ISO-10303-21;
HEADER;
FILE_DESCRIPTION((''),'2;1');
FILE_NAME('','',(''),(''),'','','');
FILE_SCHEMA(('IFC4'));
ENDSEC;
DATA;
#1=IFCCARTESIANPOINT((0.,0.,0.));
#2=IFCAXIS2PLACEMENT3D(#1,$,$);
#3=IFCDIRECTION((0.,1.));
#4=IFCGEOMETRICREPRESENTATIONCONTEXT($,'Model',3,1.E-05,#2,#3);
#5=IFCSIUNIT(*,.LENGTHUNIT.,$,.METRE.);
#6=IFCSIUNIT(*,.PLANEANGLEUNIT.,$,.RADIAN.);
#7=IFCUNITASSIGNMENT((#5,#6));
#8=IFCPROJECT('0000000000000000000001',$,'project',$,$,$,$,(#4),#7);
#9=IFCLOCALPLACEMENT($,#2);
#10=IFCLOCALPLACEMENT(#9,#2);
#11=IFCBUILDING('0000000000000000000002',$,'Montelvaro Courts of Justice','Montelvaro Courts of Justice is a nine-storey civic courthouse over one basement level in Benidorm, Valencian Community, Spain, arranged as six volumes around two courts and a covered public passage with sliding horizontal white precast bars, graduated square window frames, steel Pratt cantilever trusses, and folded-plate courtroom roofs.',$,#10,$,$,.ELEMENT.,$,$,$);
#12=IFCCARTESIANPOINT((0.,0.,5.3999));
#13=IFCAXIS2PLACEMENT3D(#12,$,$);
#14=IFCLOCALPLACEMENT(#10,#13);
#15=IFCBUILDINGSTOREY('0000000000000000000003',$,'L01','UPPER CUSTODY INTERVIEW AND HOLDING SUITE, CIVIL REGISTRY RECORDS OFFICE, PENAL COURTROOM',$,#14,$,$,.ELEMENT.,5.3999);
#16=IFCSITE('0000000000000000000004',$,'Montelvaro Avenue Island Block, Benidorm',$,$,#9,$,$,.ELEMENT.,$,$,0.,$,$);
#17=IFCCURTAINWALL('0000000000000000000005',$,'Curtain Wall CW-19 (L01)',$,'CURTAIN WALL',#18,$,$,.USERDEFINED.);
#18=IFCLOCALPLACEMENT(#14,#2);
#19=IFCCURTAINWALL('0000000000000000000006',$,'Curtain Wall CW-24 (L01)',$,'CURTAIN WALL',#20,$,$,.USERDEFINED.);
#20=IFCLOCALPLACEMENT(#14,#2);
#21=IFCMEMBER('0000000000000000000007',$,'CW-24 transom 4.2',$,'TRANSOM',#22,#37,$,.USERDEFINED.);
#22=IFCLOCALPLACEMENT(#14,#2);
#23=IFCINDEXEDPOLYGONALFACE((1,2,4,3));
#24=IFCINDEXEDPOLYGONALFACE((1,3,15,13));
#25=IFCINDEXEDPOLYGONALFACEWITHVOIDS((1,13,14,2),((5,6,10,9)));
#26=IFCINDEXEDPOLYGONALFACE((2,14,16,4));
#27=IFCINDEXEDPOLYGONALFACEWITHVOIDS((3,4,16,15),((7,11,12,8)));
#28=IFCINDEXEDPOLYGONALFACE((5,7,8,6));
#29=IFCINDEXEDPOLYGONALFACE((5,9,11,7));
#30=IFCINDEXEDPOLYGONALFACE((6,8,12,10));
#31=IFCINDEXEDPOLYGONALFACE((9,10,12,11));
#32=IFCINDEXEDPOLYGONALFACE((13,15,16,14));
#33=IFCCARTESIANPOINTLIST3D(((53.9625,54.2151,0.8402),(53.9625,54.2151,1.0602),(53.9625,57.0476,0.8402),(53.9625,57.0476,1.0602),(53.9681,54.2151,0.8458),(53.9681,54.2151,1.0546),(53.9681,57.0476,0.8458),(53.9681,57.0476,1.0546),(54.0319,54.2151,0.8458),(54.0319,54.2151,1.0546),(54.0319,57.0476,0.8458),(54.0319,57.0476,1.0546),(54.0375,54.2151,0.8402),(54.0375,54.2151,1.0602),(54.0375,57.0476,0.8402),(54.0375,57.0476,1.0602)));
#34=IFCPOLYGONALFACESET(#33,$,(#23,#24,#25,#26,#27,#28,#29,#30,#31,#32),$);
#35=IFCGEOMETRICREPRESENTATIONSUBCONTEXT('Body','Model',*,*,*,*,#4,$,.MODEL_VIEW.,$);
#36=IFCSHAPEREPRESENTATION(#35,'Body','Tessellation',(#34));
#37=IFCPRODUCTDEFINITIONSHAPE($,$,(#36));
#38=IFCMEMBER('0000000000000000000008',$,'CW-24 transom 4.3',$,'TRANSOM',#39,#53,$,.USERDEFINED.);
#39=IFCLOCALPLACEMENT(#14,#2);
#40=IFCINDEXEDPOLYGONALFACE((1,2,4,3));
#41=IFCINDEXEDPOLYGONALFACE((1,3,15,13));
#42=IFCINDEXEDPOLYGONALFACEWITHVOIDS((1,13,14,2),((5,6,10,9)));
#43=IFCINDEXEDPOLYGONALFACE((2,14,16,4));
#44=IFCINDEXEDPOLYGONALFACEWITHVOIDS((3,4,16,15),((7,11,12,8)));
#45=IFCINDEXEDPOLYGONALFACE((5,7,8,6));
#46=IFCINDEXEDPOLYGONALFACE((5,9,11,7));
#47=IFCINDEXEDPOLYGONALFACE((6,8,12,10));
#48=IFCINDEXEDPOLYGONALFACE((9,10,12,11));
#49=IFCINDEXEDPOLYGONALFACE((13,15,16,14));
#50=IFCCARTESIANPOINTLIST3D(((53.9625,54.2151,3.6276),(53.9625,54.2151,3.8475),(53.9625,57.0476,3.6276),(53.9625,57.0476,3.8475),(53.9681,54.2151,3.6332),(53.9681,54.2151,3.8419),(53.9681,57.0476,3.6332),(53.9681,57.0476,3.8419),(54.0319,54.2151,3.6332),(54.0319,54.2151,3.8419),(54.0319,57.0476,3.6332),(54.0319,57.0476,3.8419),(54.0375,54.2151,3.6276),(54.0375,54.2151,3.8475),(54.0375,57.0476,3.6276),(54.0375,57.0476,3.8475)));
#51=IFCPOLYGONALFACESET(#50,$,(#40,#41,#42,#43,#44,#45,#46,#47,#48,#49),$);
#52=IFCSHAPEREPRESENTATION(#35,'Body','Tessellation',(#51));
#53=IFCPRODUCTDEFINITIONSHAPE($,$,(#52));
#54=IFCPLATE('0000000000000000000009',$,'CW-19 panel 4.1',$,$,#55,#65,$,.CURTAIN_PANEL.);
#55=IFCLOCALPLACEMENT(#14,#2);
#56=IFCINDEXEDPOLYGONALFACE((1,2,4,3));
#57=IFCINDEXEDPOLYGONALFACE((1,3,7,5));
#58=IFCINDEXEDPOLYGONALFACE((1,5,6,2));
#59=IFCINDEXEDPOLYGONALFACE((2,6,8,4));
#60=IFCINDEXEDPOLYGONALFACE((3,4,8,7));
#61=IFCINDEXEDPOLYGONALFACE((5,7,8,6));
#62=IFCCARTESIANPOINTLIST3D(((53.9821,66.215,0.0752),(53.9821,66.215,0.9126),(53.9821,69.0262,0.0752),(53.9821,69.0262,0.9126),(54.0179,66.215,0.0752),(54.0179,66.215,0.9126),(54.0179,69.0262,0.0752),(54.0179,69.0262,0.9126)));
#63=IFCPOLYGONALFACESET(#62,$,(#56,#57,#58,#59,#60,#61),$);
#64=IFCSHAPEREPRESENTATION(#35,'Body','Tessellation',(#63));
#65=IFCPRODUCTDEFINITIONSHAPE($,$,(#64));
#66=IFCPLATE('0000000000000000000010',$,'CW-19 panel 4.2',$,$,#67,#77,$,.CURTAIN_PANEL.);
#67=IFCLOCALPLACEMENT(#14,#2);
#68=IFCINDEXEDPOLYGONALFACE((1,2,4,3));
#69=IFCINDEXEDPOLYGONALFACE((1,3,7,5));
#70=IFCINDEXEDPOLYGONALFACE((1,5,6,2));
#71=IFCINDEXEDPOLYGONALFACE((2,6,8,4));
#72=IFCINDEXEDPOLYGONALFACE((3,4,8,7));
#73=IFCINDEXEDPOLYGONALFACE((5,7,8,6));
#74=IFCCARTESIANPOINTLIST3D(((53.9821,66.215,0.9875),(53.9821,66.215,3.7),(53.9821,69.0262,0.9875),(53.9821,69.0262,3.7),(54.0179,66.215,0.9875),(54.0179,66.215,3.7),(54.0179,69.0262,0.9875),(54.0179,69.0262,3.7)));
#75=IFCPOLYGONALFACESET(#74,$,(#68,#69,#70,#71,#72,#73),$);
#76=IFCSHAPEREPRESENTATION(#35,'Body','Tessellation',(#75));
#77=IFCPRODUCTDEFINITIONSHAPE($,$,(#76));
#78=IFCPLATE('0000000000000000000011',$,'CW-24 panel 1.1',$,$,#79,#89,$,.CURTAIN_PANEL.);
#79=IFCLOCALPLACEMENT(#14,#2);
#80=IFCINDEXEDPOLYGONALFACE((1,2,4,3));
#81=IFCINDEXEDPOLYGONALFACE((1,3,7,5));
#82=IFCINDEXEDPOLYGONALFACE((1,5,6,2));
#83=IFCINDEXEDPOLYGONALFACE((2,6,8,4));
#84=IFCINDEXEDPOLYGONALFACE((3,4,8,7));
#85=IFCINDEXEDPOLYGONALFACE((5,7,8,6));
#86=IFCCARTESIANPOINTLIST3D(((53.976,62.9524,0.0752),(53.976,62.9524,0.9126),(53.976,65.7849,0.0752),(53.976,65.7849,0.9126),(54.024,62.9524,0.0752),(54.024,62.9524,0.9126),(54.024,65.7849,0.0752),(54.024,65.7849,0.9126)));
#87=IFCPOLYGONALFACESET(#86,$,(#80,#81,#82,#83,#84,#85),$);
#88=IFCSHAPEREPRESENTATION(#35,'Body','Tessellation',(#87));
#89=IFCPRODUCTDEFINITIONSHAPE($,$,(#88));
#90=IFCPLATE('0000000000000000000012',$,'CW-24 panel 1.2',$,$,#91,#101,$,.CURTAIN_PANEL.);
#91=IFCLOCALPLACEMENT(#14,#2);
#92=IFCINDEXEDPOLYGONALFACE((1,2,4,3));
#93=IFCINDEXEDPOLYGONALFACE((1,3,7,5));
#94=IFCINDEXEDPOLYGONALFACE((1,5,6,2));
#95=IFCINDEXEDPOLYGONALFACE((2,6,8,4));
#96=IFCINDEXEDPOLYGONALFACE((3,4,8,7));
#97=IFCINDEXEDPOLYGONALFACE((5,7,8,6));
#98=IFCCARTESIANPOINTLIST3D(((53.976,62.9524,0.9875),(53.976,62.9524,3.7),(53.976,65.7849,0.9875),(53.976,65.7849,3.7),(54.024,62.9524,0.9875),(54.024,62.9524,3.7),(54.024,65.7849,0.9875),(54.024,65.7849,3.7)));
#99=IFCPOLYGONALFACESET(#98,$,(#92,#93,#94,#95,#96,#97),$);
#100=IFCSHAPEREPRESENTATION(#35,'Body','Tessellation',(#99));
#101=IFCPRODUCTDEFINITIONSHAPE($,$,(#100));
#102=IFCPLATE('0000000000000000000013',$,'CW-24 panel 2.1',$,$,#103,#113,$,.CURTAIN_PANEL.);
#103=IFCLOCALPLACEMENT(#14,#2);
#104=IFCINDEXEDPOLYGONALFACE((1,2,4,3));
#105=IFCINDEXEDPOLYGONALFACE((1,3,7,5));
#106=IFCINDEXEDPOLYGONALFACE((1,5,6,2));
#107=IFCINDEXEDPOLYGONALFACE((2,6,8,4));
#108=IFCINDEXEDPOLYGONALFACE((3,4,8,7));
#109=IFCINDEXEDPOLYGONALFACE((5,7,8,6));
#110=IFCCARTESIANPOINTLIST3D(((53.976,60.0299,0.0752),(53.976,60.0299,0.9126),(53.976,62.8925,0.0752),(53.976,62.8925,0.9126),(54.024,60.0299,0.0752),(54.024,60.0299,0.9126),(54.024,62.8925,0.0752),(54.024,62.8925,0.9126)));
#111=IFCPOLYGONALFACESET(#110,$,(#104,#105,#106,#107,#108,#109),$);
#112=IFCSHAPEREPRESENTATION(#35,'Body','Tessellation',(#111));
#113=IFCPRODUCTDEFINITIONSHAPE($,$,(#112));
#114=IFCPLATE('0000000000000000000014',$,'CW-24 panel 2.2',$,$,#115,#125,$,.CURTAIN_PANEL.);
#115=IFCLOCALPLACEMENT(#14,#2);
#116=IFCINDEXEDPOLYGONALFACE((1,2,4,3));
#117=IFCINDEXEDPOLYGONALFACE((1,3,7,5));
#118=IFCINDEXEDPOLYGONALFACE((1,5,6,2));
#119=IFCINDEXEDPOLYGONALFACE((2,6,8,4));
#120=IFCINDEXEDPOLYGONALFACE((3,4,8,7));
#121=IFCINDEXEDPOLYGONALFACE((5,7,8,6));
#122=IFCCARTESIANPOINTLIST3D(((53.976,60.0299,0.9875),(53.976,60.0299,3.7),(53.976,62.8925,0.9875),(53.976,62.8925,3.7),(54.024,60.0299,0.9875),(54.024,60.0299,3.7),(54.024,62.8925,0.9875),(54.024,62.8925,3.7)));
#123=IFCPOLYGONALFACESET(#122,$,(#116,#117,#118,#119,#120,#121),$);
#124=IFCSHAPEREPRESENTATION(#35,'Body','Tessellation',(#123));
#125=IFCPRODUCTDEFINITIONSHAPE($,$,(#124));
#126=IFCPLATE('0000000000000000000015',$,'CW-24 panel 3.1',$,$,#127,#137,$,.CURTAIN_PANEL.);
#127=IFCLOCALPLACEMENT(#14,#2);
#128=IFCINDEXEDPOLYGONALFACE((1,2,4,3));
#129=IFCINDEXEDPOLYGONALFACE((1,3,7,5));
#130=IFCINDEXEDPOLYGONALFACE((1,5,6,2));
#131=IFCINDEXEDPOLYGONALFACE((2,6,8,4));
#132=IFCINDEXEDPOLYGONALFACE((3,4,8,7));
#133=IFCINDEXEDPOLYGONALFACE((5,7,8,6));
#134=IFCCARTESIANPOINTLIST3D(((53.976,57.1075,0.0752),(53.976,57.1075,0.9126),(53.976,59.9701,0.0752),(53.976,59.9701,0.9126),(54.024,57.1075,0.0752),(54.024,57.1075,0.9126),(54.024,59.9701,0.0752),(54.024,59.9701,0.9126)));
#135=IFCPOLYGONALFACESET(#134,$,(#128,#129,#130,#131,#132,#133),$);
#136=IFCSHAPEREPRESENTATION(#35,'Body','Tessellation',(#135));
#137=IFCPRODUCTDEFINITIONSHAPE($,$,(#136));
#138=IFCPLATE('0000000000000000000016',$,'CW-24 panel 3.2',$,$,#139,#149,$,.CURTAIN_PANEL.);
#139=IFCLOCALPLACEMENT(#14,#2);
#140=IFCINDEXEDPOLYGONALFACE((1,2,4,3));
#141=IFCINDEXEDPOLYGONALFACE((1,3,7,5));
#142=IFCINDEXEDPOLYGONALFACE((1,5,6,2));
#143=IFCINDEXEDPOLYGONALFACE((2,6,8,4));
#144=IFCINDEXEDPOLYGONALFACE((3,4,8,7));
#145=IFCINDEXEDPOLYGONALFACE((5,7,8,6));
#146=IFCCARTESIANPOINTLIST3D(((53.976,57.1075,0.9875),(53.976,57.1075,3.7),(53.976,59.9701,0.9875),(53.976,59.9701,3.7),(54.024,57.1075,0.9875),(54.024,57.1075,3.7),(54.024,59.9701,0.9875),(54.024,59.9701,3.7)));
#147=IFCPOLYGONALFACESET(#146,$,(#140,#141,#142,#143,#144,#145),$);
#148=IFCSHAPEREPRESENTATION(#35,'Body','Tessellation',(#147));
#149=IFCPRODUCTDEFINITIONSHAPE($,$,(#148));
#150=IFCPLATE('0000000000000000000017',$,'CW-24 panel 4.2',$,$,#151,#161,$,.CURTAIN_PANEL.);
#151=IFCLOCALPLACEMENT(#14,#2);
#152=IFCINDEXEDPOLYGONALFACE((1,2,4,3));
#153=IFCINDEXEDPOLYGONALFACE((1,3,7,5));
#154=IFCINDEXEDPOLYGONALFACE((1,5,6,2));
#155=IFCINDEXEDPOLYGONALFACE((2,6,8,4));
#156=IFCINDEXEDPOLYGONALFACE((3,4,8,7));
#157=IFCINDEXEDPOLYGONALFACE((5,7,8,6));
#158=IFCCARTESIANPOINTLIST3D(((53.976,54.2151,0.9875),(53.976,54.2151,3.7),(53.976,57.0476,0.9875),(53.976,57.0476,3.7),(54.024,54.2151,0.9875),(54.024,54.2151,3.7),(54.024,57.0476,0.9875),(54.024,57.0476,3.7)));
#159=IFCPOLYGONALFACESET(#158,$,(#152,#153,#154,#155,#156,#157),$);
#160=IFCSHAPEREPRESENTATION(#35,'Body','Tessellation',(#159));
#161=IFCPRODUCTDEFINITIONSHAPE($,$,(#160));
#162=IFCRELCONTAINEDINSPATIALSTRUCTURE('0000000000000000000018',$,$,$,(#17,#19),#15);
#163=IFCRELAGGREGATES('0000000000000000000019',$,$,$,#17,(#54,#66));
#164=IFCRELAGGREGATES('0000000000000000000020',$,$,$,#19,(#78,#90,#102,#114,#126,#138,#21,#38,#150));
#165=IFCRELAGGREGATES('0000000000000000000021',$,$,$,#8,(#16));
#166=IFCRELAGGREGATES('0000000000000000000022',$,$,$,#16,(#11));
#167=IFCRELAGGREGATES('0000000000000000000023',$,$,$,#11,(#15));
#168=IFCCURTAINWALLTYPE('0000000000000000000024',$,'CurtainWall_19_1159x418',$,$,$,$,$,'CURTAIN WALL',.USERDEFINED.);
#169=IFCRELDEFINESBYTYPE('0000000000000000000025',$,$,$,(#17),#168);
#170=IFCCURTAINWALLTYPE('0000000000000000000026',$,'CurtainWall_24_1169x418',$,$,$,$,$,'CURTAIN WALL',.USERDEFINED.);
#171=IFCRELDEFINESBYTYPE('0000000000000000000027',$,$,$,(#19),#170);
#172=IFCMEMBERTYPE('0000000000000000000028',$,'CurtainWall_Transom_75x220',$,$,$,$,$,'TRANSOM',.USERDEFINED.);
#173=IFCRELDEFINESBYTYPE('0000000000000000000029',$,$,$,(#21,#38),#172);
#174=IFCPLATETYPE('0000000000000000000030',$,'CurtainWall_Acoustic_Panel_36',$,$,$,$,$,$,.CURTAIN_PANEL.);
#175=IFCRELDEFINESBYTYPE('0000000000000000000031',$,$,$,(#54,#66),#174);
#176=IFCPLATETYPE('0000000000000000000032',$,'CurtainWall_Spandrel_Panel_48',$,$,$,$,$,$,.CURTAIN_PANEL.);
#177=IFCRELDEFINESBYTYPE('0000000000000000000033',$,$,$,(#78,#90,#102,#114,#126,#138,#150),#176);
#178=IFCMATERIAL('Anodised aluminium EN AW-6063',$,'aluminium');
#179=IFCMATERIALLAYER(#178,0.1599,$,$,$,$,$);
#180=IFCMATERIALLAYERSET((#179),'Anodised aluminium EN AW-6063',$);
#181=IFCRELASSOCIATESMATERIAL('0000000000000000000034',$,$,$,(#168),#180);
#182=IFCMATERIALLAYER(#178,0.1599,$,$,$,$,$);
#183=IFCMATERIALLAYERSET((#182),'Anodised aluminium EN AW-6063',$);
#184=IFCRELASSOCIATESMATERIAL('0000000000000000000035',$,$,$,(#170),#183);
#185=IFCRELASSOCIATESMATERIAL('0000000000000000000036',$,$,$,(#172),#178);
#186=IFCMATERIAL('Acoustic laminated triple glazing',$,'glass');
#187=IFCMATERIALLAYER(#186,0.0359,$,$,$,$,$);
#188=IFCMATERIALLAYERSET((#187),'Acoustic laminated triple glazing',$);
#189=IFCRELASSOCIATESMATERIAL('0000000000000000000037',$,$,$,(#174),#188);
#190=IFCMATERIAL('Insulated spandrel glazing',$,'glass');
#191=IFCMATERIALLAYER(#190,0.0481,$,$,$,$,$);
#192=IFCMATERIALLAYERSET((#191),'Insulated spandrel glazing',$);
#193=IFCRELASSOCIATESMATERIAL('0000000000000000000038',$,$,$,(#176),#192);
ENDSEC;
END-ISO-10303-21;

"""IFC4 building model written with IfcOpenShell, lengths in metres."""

from ifc_helpers import new_model, si_unit, direction, frame, origin, origin_2d, place, context, subcontext, project, spatial, rectangle, hollow_rectangle, extrude, material, layer, layer_set, material_profile, profile_set, type_object, element, aggregate, save


model = new_model("IFC4")

# Units and contexts
model_context = context("Model", 3, precision=1e-05, world=origin(), true_north=direction((0.0, 1.0)))
body_context = subcontext(model_context, "Body", "Model", "MODEL_VIEW")
ifc_project = project(units=[si_unit("LENGTHUNIT", "METRE"), si_unit("PLANEANGLEUNIT", "RADIAN")], contexts=[model_context])

# Site, building, storey
site_placement = place(None, origin())
site = spatial("IfcSite", under=ifc_project, at=site_placement, Name="Montelvaro Avenue Island Block, Benidorm", CompositionType="ELEMENT", RefElevation=0.0)
building_placement = place(site_placement, origin())
building = spatial("IfcBuilding", under=site, at=building_placement, Name="Montelvaro Courts of Justice", Description="Montelvaro Courts of Justice is a nine-storey civic courthouse over one basement level in Benidorm, Valencian Community, Spain, arranged as six volumes around two courts and a covered public passage with sliding horizontal white precast bars, graduated square window frames, steel Pratt cantilever trusses, and folded-plate courtroom roofs.", CompositionType="ELEMENT")
storey_placement = place(building_placement, frame((0.0, 0.0, 5.3999)))
storey = spatial("IfcBuildingStorey", under=building, at=storey_placement, Name="L01", Description="UPPER CUSTODY INTERVIEW AND HOLDING SUITE, CIVIL REGISTRY RECORDS OFFICE, PENAL COURTROOM", CompositionType="ELEMENT", Elevation=5.3999)

# Curtain wall
ifc_material_1 = material(Name="Anodised aluminium EN AW-6063", Category="aluminium")
ifc_layer_1 = layer(ifc_material_1, 0.1599)
ifc_layer_set_1 = layer_set([ifc_layer_1], Name="Anodised aluminium EN AW-6063")
curtain_wall_type_1 = type_object("IfcCurtainWallType", Name="CurtainWall_19_1159x418", ElementType="CURTAIN WALL", PredefinedType="USERDEFINED", material=ifc_layer_set_1)
curtain_wall_1_placement = place(storey_placement, origin())
curtain_wall_1 = element("IfcCurtainWall", 1, at=curtain_wall_1_placement, inside=storey, type_object=curtain_wall_type_1, Name="Curtain Wall CW-19 (L01)", ObjectType="CURTAIN WALL", PredefinedType="USERDEFINED")

# Curtain wall
ifc_layer_2 = layer(ifc_material_1, 0.1599)
ifc_layer_set_2 = layer_set([ifc_layer_2], Name="Anodised aluminium EN AW-6063")
curtain_wall_type_2 = type_object("IfcCurtainWallType", Name="CurtainWall_24_1169x418", ElementType="CURTAIN WALL", PredefinedType="USERDEFINED", material=ifc_layer_set_2)
curtain_wall_2_placement = place(storey_placement, origin())
curtain_wall_2 = element("IfcCurtainWall", 2, at=curtain_wall_2_placement, inside=storey, type_object=curtain_wall_type_2, Name="Curtain Wall CW-24 (L01)", ObjectType="CURTAIN WALL", PredefinedType="USERDEFINED")

# Members
ifc_material_profile_1 = material_profile(ifc_material_1, hollow_rectangle(XDim=0.075, YDim=0.22, WallThickness=0.0056, at=origin_2d()), Name="ALU-T 75x220")
ifc_profile_set_1 = profile_set([ifc_material_profile_1], Name="Anodised aluminium EN AW-6063")
member_type_1 = type_object("IfcMemberType", Name="CurtainWall_Transom_75x220", ElementType="TRANSOM", PredefinedType="USERDEFINED", material=ifc_profile_set_1)
member_1_placement = place(storey_placement, frame((54.0, 57.0476, 0.9502), z_axis=(0.0, -1.0, 0.0), x_axis=(1.0, 0.0, 0.0)))
member_1 = element("IfcMember", 3, at=member_1_placement, type_object=member_type_1, Name="CW-24 transom 4.2", ObjectType="TRANSOM", PredefinedType="USERDEFINED", context=body_context, shape_type="SweptSolid", body=[
    extrude(hollow_rectangle(XDim=0.075, YDim=0.22, WallThickness=0.0056, at=origin_2d()), origin(), (0.0, 0.0, 1.0), 2.8325),
])
member_2_placement = place(storey_placement, frame((54.0, 57.0476, 3.7375), z_axis=(0.0, -1.0, 0.0), x_axis=(1.0, 0.0, 0.0)))
member_2 = element("IfcMember", 4, at=member_2_placement, type_object=member_type_1, Name="CW-24 transom 4.3", ObjectType="TRANSOM", PredefinedType="USERDEFINED", context=body_context, shape_type="SweptSolid", body=[
    extrude(hollow_rectangle(XDim=0.075, YDim=0.22, WallThickness=0.0056, at=origin_2d()), origin(), (0.0, 0.0, 1.0), 2.8325),
])

# Plates
ifc_material_2 = material(Name="Acoustic laminated triple glazing", Category="glass")
ifc_layer_3 = layer(ifc_material_2, 0.0359)
ifc_layer_set_3 = layer_set([ifc_layer_3], Name="Acoustic laminated triple glazing")
plate_type_1 = type_object("IfcPlateType", Name="CurtainWall_Acoustic_Panel_36", PredefinedType="CURTAIN_PANEL", material=ifc_layer_set_3)
plate_1_placement = place(storey_placement, frame((54.0, 67.6206, 0.0752), z_axis=(0.0, 0.0, 1.0), x_axis=(0.0, -1.0, 0.0)))
plate_1 = element("IfcPlate", 5, at=plate_1_placement, type_object=plate_type_1, Name="CW-19 panel 4.1", PredefinedType="CURTAIN_PANEL", context=body_context, shape_type="SweptSolid", body=[
    extrude(rectangle(XDim=2.8113, YDim=0.0359, at=origin_2d()), origin(), (0.0, 0.0, 1.0), 0.8374),
])
plate_2_placement = place(storey_placement, frame((54.0, 67.6206, 0.9875), z_axis=(0.0, 0.0, 1.0), x_axis=(0.0, -1.0, 0.0)))
plate_2 = element("IfcPlate", 6, at=plate_2_placement, type_object=plate_type_1, Name="CW-19 panel 4.2", PredefinedType="CURTAIN_PANEL", context=body_context, shape_type="SweptSolid", body=[
    extrude(rectangle(XDim=2.8113, YDim=0.0359, at=origin_2d()), origin(), (0.0, 0.0, 1.0), 2.7124),
])
aggregate(curtain_wall_1, [plate_1, plate_2])
ifc_material_3 = material(Name="Insulated spandrel glazing", Category="glass")
ifc_layer_4 = layer(ifc_material_3, 0.0481)
ifc_layer_set_4 = layer_set([ifc_layer_4], Name="Insulated spandrel glazing")
plate_type_2 = type_object("IfcPlateType", Name="CurtainWall_Spandrel_Panel_48", PredefinedType="CURTAIN_PANEL", material=ifc_layer_set_4)
plate_3_placement = place(storey_placement, frame((54.0, 64.3687, 0.0752), z_axis=(0.0, 0.0, 1.0), x_axis=(0.0, -1.0, 0.0)))
plate_3 = element("IfcPlate", 7, at=plate_3_placement, type_object=plate_type_2, Name="CW-24 panel 1.1", PredefinedType="CURTAIN_PANEL", context=body_context, shape_type="SweptSolid", body=[
    extrude(rectangle(XDim=2.8325, YDim=0.0481, at=origin_2d()), origin(), (0.0, 0.0, 1.0), 0.8374),
])
plate_4_placement = place(storey_placement, frame((54.0, 64.3687, 0.9875), z_axis=(0.0, 0.0, 1.0), x_axis=(0.0, -1.0, 0.0)))
plate_4 = element("IfcPlate", 8, at=plate_4_placement, type_object=plate_type_2, Name="CW-24 panel 1.2", PredefinedType="CURTAIN_PANEL", context=body_context, shape_type="SweptSolid", body=[
    extrude(rectangle(XDim=2.8325, YDim=0.0481, at=origin_2d()), origin(), (0.0, 0.0, 1.0), 2.7124),
])
plate_5_placement = place(storey_placement, frame((54.0, 61.4612, 0.0752), z_axis=(0.0, 0.0, 1.0), x_axis=(0.0, -1.0, 0.0)))
plate_5 = element("IfcPlate", 9, at=plate_5_placement, type_object=plate_type_2, Name="CW-24 panel 2.1", PredefinedType="CURTAIN_PANEL", context=body_context, shape_type="SweptSolid", body=[
    extrude(rectangle(XDim=2.8625, YDim=0.0481, at=origin_2d()), origin(), (0.0, 0.0, 1.0), 0.8374),
])
plate_6_placement = place(storey_placement, frame((54.0, 61.4612, 0.9875), z_axis=(0.0, 0.0, 1.0), x_axis=(0.0, -1.0, 0.0)))
plate_6 = element("IfcPlate", 10, at=plate_6_placement, type_object=plate_type_2, Name="CW-24 panel 2.2", PredefinedType="CURTAIN_PANEL", context=body_context, shape_type="SweptSolid", body=[
    extrude(rectangle(XDim=2.8625, YDim=0.0481, at=origin_2d()), origin(), (0.0, 0.0, 1.0), 2.7124),
])
plate_7_placement = place(storey_placement, frame((54.0, 58.5388, 0.0752), z_axis=(0.0, 0.0, 1.0), x_axis=(0.0, -1.0, 0.0)))
plate_7 = element("IfcPlate", 11, at=plate_7_placement, type_object=plate_type_2, Name="CW-24 panel 3.1", PredefinedType="CURTAIN_PANEL", context=body_context, shape_type="SweptSolid", body=[
    extrude(rectangle(XDim=2.8625, YDim=0.0481, at=origin_2d()), origin(), (0.0, 0.0, 1.0), 0.8374),
])
plate_8_placement = place(storey_placement, frame((54.0, 58.5388, 0.9875), z_axis=(0.0, 0.0, 1.0), x_axis=(0.0, -1.0, 0.0)))
plate_8 = element("IfcPlate", 12, at=plate_8_placement, type_object=plate_type_2, Name="CW-24 panel 3.2", PredefinedType="CURTAIN_PANEL", context=body_context, shape_type="SweptSolid", body=[
    extrude(rectangle(XDim=2.8625, YDim=0.0481, at=origin_2d()), origin(), (0.0, 0.0, 1.0), 2.7124),
])
plate_9_placement = place(storey_placement, frame((54.0, 55.6313, 0.9875), z_axis=(0.0, 0.0, 1.0), x_axis=(0.0, -1.0, 0.0)))
plate_9 = element("IfcPlate", 13, at=plate_9_placement, type_object=plate_type_2, Name="CW-24 panel 4.2", PredefinedType="CURTAIN_PANEL", context=body_context, shape_type="SweptSolid", body=[
    extrude(rectangle(XDim=2.8325, YDim=0.0481, at=origin_2d()), origin(), (0.0, 0.0, 1.0), 2.7124),
])
aggregate(curtain_wall_2, [plate_3, plate_4, plate_5, plate_6, plate_7, plate_8, member_1, member_2, plate_9])

save(model, "model.ifc")
